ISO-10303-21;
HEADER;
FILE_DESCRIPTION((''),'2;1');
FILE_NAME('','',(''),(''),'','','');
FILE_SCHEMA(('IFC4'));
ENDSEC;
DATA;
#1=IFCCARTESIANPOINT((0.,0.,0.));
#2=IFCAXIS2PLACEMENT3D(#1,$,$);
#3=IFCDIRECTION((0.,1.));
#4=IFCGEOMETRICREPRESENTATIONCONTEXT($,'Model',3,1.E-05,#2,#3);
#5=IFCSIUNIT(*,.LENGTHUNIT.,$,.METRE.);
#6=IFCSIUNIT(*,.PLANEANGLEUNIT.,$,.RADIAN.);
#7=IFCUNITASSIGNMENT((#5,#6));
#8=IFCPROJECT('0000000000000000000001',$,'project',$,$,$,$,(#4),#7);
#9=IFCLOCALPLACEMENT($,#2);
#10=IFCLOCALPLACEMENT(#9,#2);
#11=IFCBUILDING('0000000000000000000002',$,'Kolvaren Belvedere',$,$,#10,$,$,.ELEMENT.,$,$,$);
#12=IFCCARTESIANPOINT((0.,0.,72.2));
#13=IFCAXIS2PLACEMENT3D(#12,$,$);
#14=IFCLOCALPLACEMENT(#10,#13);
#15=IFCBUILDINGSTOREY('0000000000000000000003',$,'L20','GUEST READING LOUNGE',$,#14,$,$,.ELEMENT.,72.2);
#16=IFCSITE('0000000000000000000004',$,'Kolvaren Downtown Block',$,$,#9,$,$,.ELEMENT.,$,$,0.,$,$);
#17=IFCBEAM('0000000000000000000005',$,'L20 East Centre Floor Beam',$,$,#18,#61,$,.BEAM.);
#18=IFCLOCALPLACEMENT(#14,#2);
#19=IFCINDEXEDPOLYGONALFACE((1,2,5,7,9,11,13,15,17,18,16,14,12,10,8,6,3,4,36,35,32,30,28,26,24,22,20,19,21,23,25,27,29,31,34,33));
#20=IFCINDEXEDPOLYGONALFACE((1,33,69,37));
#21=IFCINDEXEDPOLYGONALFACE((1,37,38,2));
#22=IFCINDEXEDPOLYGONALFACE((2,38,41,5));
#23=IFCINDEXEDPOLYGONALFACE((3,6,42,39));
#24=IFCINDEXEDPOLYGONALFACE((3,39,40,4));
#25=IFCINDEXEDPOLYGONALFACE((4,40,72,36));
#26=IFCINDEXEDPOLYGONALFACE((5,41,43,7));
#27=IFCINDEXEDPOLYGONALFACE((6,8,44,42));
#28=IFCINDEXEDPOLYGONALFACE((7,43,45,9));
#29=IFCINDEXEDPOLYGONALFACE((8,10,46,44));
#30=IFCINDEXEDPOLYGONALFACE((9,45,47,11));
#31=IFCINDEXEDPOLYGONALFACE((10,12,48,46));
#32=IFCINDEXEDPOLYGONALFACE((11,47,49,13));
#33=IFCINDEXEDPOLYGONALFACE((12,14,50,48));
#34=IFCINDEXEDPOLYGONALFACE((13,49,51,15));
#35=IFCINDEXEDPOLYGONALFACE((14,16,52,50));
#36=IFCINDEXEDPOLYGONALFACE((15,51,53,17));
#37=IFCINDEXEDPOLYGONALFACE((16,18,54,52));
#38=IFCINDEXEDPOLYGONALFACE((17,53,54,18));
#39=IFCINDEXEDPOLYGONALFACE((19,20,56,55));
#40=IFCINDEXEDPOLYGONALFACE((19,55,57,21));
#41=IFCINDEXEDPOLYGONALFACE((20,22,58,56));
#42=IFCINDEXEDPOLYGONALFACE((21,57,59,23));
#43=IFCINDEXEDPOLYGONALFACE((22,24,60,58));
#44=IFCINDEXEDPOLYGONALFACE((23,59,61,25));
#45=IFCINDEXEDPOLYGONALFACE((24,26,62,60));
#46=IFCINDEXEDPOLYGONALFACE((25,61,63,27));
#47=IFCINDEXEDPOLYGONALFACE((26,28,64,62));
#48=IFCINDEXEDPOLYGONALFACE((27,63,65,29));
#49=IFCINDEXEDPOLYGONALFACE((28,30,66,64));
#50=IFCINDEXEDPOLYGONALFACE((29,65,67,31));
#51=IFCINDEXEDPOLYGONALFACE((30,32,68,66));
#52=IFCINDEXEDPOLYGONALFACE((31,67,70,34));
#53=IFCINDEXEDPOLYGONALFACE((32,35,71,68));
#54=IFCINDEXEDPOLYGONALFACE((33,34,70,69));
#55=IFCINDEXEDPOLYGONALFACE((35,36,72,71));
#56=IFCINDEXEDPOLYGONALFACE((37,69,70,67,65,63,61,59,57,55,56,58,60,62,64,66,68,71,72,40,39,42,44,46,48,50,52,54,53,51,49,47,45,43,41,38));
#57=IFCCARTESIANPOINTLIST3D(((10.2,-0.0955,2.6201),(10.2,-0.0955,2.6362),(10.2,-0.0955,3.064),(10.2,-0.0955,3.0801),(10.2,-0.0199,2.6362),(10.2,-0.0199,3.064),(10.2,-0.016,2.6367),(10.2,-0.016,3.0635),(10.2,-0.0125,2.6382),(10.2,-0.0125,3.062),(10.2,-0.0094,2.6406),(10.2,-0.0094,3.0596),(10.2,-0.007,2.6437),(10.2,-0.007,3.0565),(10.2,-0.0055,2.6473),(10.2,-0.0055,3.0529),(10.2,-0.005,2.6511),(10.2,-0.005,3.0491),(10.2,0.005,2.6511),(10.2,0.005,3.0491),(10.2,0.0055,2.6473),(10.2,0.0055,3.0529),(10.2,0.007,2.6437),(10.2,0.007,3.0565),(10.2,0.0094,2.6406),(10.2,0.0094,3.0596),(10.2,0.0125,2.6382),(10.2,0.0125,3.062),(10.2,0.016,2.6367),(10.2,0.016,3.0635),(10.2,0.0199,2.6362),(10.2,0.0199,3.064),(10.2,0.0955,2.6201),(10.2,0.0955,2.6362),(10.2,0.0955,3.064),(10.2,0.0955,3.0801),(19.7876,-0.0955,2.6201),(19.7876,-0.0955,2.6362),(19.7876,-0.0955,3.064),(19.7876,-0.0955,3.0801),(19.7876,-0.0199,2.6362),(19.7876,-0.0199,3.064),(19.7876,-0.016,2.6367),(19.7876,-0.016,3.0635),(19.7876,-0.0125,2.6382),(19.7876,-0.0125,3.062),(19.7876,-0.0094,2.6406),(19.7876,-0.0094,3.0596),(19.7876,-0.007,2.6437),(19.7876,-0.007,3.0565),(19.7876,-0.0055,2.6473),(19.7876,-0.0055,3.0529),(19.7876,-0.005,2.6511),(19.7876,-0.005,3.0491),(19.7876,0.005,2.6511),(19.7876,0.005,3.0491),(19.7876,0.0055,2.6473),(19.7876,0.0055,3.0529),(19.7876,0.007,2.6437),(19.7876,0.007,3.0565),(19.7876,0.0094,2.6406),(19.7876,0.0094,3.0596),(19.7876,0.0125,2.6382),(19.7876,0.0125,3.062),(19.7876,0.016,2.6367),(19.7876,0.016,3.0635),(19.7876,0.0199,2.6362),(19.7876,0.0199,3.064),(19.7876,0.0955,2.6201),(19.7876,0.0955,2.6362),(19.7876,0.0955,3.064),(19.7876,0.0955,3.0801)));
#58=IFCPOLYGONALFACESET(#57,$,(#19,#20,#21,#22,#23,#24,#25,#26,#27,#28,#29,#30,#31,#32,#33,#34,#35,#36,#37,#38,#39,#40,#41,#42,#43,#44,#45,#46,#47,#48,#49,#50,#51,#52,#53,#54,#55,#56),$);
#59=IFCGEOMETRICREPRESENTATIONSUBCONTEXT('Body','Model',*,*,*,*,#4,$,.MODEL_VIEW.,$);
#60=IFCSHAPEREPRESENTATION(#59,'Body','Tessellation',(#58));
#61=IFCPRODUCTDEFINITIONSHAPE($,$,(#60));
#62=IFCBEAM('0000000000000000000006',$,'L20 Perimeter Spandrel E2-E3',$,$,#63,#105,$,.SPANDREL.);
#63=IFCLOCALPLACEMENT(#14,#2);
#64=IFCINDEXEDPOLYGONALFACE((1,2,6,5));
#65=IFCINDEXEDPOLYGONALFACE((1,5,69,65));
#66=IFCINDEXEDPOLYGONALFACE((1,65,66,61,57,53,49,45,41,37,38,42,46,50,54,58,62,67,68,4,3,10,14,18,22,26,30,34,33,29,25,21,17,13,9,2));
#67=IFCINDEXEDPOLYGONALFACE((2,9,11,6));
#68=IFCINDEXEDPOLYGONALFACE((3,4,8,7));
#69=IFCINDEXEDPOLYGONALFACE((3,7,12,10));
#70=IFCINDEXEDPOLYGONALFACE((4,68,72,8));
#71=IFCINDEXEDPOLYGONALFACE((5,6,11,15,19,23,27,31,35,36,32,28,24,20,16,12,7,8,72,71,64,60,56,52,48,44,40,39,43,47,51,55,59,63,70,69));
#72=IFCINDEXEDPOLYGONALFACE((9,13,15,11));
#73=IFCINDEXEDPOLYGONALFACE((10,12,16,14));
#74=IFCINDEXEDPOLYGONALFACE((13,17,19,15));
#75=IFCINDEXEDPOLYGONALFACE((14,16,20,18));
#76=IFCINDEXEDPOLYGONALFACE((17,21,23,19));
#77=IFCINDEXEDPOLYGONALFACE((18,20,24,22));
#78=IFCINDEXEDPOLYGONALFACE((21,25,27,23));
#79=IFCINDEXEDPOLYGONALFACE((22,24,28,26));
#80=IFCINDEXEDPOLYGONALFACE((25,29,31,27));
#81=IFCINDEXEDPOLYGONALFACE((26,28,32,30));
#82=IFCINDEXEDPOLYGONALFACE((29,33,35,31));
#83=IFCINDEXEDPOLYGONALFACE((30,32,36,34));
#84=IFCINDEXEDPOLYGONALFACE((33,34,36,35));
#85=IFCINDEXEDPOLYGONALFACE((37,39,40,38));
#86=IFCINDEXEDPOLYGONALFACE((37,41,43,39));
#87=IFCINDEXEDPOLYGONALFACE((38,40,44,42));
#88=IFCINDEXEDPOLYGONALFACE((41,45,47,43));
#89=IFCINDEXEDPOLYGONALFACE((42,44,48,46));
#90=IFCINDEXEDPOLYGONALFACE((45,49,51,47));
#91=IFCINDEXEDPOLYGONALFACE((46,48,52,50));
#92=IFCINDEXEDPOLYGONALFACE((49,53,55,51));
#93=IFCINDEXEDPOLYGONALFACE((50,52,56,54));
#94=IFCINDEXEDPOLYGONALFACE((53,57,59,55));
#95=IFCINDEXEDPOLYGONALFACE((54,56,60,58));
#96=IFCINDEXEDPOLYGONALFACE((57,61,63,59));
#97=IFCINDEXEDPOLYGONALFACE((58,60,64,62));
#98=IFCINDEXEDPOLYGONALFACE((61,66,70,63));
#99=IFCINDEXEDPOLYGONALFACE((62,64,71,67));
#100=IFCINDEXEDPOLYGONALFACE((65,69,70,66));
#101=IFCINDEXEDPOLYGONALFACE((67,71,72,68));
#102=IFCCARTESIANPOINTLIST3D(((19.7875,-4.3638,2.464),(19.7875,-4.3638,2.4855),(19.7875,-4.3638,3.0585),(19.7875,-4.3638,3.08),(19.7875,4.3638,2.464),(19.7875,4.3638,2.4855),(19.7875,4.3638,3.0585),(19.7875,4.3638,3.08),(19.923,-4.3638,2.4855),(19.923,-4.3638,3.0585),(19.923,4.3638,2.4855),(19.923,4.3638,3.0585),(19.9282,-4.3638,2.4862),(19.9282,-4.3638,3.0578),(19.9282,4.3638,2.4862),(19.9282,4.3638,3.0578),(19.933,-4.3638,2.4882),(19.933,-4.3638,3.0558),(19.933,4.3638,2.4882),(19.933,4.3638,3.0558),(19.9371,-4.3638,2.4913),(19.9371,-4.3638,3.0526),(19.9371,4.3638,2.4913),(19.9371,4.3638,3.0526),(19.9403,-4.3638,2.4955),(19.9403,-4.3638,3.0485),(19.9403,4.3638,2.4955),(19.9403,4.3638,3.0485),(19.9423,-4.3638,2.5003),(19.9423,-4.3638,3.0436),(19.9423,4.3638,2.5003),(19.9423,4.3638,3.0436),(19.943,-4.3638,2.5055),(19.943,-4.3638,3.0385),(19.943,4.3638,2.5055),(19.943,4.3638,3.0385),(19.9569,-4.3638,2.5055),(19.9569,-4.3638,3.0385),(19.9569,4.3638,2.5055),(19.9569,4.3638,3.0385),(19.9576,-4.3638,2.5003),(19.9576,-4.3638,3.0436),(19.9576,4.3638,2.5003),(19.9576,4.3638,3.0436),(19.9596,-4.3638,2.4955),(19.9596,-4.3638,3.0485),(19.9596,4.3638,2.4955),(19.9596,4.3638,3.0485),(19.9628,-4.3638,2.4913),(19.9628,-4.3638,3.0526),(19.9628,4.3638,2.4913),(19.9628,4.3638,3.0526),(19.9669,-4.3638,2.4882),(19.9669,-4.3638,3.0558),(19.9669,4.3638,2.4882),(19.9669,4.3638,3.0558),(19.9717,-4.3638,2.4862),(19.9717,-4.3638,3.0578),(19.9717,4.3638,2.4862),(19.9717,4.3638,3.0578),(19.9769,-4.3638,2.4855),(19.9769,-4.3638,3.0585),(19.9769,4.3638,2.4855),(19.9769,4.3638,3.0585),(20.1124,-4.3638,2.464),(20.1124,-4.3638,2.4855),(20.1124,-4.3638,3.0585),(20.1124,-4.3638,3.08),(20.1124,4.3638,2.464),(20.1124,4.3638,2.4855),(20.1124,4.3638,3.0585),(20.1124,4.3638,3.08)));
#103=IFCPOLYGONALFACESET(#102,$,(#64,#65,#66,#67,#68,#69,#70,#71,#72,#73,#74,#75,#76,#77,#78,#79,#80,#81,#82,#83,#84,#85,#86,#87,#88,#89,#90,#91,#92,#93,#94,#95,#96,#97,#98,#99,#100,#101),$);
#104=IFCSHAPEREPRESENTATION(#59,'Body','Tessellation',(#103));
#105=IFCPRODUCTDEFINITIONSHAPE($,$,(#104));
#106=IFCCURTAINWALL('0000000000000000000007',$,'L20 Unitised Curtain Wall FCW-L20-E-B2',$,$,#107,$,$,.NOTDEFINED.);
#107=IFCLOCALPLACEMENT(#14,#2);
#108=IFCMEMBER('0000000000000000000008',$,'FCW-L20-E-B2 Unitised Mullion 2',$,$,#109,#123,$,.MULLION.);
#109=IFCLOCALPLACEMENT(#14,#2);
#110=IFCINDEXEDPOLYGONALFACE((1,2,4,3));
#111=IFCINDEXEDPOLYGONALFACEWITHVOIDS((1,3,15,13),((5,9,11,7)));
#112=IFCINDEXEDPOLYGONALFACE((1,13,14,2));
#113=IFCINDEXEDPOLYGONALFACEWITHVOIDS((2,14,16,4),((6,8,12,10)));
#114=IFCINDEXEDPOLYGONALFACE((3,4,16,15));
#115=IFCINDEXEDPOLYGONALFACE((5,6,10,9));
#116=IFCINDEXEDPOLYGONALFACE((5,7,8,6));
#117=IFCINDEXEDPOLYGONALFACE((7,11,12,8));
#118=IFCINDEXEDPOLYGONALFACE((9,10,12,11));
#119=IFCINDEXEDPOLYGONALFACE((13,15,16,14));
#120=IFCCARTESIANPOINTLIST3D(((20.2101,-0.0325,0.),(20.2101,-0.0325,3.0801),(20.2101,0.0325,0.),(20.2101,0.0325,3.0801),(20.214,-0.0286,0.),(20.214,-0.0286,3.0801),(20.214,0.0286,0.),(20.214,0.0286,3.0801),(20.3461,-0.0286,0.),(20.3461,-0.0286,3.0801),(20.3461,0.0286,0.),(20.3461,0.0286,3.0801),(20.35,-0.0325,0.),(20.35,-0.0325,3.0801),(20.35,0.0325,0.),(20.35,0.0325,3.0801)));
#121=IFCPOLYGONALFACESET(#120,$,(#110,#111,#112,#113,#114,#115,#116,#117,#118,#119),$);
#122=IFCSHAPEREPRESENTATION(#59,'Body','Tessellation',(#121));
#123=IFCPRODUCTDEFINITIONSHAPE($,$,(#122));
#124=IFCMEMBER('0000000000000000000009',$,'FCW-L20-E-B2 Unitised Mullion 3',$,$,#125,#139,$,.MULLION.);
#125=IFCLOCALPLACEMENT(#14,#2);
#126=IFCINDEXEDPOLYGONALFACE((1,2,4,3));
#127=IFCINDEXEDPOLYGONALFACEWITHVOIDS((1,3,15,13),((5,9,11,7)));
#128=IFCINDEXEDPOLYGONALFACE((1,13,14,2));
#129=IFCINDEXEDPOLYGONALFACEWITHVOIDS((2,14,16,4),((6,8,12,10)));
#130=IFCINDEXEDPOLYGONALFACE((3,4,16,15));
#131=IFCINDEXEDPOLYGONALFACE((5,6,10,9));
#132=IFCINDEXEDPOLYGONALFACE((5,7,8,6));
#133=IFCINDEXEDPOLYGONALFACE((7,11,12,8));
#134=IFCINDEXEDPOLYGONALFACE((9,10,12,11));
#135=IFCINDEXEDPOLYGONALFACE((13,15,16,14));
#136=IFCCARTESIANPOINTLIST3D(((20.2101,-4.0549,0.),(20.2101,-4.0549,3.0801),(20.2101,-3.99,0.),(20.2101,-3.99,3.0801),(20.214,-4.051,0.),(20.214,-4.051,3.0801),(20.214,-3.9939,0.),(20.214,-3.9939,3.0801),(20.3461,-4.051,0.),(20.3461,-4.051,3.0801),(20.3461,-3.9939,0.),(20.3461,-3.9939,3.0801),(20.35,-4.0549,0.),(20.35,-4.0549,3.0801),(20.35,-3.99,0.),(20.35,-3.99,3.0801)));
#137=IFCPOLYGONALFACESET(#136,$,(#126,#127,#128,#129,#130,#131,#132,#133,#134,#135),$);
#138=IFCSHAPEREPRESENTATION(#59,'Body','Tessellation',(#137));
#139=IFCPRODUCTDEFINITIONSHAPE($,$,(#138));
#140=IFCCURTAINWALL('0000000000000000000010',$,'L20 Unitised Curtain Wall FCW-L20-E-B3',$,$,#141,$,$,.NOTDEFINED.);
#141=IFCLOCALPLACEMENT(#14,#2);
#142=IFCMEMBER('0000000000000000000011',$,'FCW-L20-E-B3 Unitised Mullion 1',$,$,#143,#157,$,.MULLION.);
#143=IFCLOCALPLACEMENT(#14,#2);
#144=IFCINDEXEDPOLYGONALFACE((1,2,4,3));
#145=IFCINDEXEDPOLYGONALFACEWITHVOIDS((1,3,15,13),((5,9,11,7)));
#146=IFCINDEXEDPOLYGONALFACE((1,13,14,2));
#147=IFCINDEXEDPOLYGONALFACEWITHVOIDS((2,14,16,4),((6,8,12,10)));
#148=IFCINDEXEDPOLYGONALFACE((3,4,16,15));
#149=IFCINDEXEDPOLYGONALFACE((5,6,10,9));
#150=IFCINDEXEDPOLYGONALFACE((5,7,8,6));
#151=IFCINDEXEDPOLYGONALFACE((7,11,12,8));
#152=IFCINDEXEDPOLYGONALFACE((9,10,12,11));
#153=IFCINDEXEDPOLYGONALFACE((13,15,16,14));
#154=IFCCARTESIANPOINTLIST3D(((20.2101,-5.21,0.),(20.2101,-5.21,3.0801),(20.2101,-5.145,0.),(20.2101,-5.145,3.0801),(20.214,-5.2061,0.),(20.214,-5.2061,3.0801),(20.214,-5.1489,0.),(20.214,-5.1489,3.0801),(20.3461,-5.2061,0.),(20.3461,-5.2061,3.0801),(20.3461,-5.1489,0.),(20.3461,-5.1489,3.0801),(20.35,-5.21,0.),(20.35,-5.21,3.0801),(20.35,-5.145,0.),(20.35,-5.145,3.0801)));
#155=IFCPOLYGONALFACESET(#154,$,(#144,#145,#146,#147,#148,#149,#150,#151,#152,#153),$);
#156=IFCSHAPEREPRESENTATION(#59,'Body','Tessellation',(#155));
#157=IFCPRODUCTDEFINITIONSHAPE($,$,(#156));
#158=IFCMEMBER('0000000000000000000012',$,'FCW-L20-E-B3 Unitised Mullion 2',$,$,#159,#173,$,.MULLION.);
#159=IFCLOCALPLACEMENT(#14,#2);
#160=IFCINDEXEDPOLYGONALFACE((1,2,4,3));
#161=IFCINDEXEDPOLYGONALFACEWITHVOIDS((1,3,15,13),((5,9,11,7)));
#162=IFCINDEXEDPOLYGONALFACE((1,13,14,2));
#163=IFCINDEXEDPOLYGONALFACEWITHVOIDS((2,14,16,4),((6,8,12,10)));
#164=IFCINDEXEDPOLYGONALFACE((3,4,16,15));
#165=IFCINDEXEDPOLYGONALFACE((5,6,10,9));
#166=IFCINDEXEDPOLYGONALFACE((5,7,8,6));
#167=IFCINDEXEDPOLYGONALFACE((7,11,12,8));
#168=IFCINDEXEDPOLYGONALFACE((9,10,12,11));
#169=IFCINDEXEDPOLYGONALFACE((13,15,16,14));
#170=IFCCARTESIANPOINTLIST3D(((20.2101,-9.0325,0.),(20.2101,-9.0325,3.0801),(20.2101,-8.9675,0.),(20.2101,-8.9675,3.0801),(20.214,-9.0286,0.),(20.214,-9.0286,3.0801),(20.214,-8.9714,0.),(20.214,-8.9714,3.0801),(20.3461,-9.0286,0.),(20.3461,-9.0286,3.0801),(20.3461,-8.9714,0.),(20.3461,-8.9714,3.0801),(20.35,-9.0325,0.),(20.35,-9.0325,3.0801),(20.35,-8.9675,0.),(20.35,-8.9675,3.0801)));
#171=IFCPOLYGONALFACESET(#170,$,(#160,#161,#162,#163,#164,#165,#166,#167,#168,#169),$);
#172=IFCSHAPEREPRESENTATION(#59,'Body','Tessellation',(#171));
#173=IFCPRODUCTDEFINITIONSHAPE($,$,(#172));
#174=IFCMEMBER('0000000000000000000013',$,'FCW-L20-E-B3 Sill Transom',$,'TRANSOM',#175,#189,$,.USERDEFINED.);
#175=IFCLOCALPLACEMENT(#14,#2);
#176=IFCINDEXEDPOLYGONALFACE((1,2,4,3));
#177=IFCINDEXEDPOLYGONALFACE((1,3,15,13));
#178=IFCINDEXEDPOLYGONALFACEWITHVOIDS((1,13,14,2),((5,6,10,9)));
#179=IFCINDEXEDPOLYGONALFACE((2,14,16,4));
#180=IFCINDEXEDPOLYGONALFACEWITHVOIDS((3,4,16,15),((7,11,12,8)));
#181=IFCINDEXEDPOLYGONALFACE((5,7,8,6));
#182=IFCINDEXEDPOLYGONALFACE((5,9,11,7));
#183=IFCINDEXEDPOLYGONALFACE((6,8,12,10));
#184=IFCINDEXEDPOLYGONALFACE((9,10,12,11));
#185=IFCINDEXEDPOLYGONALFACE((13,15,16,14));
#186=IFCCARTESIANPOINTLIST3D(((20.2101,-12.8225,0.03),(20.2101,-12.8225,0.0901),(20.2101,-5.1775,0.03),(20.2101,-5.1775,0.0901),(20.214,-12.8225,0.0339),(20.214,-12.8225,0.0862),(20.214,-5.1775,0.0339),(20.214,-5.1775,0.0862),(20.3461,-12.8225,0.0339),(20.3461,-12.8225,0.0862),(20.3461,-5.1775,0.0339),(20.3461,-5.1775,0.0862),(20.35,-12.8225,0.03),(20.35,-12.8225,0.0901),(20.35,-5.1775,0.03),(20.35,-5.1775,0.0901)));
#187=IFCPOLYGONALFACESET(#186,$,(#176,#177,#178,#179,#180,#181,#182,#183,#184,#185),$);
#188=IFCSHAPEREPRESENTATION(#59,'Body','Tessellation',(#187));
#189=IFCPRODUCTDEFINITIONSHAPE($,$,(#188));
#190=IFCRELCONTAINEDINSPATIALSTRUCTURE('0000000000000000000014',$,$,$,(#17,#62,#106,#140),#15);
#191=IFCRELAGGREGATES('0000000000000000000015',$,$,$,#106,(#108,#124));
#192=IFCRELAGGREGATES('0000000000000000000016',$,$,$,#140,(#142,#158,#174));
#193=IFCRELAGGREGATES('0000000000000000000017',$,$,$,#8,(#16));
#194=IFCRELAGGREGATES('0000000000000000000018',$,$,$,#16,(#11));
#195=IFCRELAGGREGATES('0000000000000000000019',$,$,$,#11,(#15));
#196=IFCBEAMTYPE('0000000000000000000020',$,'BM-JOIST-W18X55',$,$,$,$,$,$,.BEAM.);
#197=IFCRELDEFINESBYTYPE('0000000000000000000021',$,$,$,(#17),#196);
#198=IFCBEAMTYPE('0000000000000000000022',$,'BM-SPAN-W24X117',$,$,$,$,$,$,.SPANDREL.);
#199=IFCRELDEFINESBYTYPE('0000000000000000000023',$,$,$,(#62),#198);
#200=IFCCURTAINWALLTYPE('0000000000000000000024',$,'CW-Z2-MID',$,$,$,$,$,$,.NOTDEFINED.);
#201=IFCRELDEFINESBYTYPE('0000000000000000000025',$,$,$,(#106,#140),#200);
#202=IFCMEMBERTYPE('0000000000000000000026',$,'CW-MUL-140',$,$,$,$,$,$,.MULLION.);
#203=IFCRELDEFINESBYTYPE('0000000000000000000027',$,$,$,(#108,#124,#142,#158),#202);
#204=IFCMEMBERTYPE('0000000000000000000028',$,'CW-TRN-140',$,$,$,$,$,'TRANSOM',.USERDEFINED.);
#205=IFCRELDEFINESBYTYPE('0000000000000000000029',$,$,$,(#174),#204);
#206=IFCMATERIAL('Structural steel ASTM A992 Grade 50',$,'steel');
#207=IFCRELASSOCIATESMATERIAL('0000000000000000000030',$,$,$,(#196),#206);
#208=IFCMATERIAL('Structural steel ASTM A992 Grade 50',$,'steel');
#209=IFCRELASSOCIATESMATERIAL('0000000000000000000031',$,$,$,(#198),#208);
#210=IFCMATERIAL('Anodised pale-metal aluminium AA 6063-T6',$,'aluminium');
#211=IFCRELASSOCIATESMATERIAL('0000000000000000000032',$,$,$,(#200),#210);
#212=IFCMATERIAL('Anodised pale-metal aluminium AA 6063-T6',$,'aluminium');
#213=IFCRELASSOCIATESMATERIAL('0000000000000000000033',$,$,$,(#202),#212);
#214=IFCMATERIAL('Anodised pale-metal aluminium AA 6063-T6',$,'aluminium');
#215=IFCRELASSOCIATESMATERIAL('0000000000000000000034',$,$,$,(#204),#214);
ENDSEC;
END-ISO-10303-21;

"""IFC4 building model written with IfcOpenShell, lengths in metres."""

from ifc_helpers import new_model, si_unit, direction, frame, origin, origin_2d, place, context, subcontext, project, spatial, hollow_rectangle, i_section, extrude, material, material_profile, profile_set, type_object, element, aggregate, save


model = new_model("IFC4")

# Units and contexts
model_context = context("Model", 3, precision=1e-05, world=origin(), true_north=direction((0.0, 1.0)))
body_context = subcontext(model_context, "Body", "Model", "MODEL_VIEW")
ifc_project = project(units=[si_unit("LENGTHUNIT", "METRE"), si_unit("PLANEANGLEUNIT", "RADIAN")], contexts=[model_context])

# Site, building, storey
site_placement = place(None, origin())
site = spatial("IfcSite", under=ifc_project, at=site_placement, Name="Kolvaren Downtown Block", CompositionType="ELEMENT", RefElevation=0.0)
building_placement = place(site_placement, origin())
building = spatial("IfcBuilding", under=site, at=building_placement, Name="Kolvaren Belvedere", CompositionType="ELEMENT")
storey_placement = place(building_placement, frame((0.0, 0.0, 72.2)))
storey = spatial("IfcBuildingStorey", under=building, at=storey_placement, Name="L20", Description="GUEST READING LOUNGE", CompositionType="ELEMENT", Elevation=72.2)

# Beams
ifc_material_1 = material(Name="Structural steel ASTM A992 Grade 50", Category="steel")
ifc_material_profile_1 = material_profile(ifc_material_1, i_section(OverallWidth=0.1909, OverallDepth=0.46, WebThickness=0.01, FlangeThickness=0.0161, FilletRadius=0.0149, at=origin_2d()), Name="W18X55")
ifc_profile_set_1 = profile_set([ifc_material_profile_1], Name="Structural steel ASTM A992 Grade 50")
beam_type_1 = type_object("IfcBeamType", Name="BM-JOIST-W18X55", PredefinedType="BEAM", material=ifc_profile_set_1)
beam_1_placement = place(storey_placement, frame((10.2, 0.0, 2.8501), z_axis=(1.0, 0.0, 0.0), x_axis=(0.0, 1.0, 0.0)))
element("IfcBeam", 1, at=beam_1_placement, inside=storey, type_object=beam_type_1, Name="L20 East Centre Floor Beam", PredefinedType="BEAM", context=body_context, shape_type="SweptSolid", body=[
    extrude(i_section(OverallWidth=0.1909, OverallDepth=0.46, WebThickness=0.01, FlangeThickness=0.0161, FilletRadius=0.0149, at=origin_2d()), origin(), (0.0, 0.0, 1.0), 9.5876),
])
ifc_material_2 = material(Name="Structural steel ASTM A992 Grade 50", Category="steel")
ifc_material_profile_2 = material_profile(ifc_material_2, i_section(OverallWidth=0.325, OverallDepth=0.616, WebThickness=0.0139, FlangeThickness=0.0215, FilletRadius=0.02, at=origin_2d()), Name="W24X117")
ifc_profile_set_2 = profile_set([ifc_material_profile_2], Name="Structural steel ASTM A992 Grade 50")
beam_type_2 = type_object("IfcBeamType", Name="BM-SPAN-W24X117", PredefinedType="SPANDREL", material=ifc_profile_set_2)
beam_2_placement = place(storey_placement, frame((19.95, -4.3638, 2.772), z_axis=(0.0, 1.0, 0.0), x_axis=(-1.0, 0.0, 0.0)))
element("IfcBeam", 2, at=beam_2_placement, inside=storey, type_object=beam_type_2, Name="L20 Perimeter Spandrel E2-E3", PredefinedType="SPANDREL", context=body_context, shape_type="SweptSolid", body=[
    extrude(i_section(OverallWidth=0.325, OverallDepth=0.616, WebThickness=0.0139, FlangeThickness=0.0215, FilletRadius=0.02, at=origin_2d()), origin(), (0.0, 0.0, 1.0), 8.7275),
])

# Curtain walls, members
ifc_material_3 = material(Name="Anodised pale-metal aluminium AA 6063-T6", Category="aluminium")
curtain_wall_type = type_object("IfcCurtainWallType", Name="CW-Z2-MID", PredefinedType="NOTDEFINED", material=ifc_material_3)
curtain_wall_1_placement = place(storey_placement, origin())
curtain_wall_1 = element("IfcCurtainWall", 3, at=curtain_wall_1_placement, inside=storey, type_object=curtain_wall_type, Name="L20 Unitised Curtain Wall FCW-L20-E-B2", PredefinedType="NOTDEFINED")
ifc_material_4 = material(Name="Anodised pale-metal aluminium AA 6063-T6", Category="aluminium")
ifc_material_profile_3 = material_profile(ifc_material_4, hollow_rectangle(XDim=0.0649, YDim=0.1399, WallThickness=0.0039, at=origin_2d()), Name="ALU-MUL-140X65")
ifc_profile_set_3 = profile_set([ifc_material_profile_3], Name="Anodised pale-metal aluminium AA 6063-T6")
member_type_1 = type_object("IfcMemberType", Name="CW-MUL-140", PredefinedType="MULLION", material=ifc_profile_set_3)
member_1_placement = place(storey_placement, frame((20.28, 0.0, 0.0), z_axis=(0.0, 0.0, 1.0), x_axis=(0.0, 1.0, 0.0)))
member_1 = element("IfcMember", 4, at=member_1_placement, type_object=member_type_1, Name="FCW-L20-E-B2 Unitised Mullion 2", PredefinedType="MULLION", context=body_context, shape_type="SweptSolid", body=[
    extrude(hollow_rectangle(XDim=0.0649, YDim=0.1399, WallThickness=0.0039, at=origin_2d()), origin(), (0.0, 0.0, 1.0), 3.0801),
])
member_2_placement = place(storey_placement, frame((20.28, -4.0225, 0.0), z_axis=(0.0, 0.0, 1.0), x_axis=(0.0, 1.0, 0.0)))
member_2 = element("IfcMember", 5, at=member_2_placement, type_object=member_type_1, Name="FCW-L20-E-B2 Unitised Mullion 3", PredefinedType="MULLION", context=body_context, shape_type="SweptSolid", body=[
    extrude(hollow_rectangle(XDim=0.0649, YDim=0.1399, WallThickness=0.0039, at=origin_2d()), origin(), (0.0, 0.0, 1.0), 3.0801),
])
curtain_wall_2_placement = place(storey_placement, origin())
curtain_wall_2 = element("IfcCurtainWall", 6, at=curtain_wall_2_placement, inside=storey, type_object=curtain_wall_type, Name="L20 Unitised Curtain Wall FCW-L20-E-B3", PredefinedType="NOTDEFINED")
member_3_placement = place(storey_placement, frame((20.28, -5.1775, 0.0), z_axis=(0.0, 0.0, 1.0), x_axis=(0.0, 1.0, 0.0)))
member_3 = element("IfcMember", 7, at=member_3_placement, type_object=member_type_1, Name="FCW-L20-E-B3 Unitised Mullion 1", PredefinedType="MULLION", context=body_context, shape_type="SweptSolid", body=[
    extrude(hollow_rectangle(XDim=0.0649, YDim=0.1399, WallThickness=0.0039, at=origin_2d()), origin(), (0.0, 0.0, 1.0), 3.0801),
])
member_4_placement = place(storey_placement, frame((20.28, -9.0, 0.0), z_axis=(0.0, 0.0, 1.0), x_axis=(0.0, 1.0, 0.0)))
member_4 = element("IfcMember", 8, at=member_4_placement, type_object=member_type_1, Name="FCW-L20-E-B3 Unitised Mullion 2", PredefinedType="MULLION", context=body_context, shape_type="SweptSolid", body=[
    extrude(hollow_rectangle(XDim=0.0649, YDim=0.1399, WallThickness=0.0039, at=origin_2d()), origin(), (0.0, 0.0, 1.0), 3.0801),
])
ifc_material_5 = material(Name="Anodised pale-metal aluminium AA 6063-T6", Category="aluminium")
ifc_material_profile_4 = material_profile(ifc_material_5, hollow_rectangle(XDim=0.0601, YDim=0.1399, WallThickness=0.0039, at=origin_2d()), Name="ALU-TRN-140X60")
ifc_profile_set_4 = profile_set([ifc_material_profile_4], Name="Anodised pale-metal aluminium AA 6063-T6")
member_type_2 = type_object("IfcMemberType", Name="CW-TRN-140", ElementType="TRANSOM", PredefinedType="USERDEFINED", material=ifc_profile_set_4)
member_5_placement = place(storey_placement, frame((20.28, -5.1775, 0.0601), z_axis=(0.0, -1.0, 0.0), x_axis=(0.0, 0.0, 1.0)))
member_5 = element("IfcMember", 9, at=member_5_placement, type_object=member_type_2, Name="FCW-L20-E-B3 Sill Transom", ObjectType="TRANSOM", PredefinedType="USERDEFINED", context=body_context, shape_type="SweptSolid", body=[
    extrude(hollow_rectangle(XDim=0.0601, YDim=0.1399, WallThickness=0.0039, at=origin_2d()), origin(), (0.0, 0.0, 1.0), 7.645),
])

aggregate(curtain_wall_1, [member_1, member_2])
aggregate(curtain_wall_2, [member_3, member_4, member_5])

save(model, "model.ifc")
